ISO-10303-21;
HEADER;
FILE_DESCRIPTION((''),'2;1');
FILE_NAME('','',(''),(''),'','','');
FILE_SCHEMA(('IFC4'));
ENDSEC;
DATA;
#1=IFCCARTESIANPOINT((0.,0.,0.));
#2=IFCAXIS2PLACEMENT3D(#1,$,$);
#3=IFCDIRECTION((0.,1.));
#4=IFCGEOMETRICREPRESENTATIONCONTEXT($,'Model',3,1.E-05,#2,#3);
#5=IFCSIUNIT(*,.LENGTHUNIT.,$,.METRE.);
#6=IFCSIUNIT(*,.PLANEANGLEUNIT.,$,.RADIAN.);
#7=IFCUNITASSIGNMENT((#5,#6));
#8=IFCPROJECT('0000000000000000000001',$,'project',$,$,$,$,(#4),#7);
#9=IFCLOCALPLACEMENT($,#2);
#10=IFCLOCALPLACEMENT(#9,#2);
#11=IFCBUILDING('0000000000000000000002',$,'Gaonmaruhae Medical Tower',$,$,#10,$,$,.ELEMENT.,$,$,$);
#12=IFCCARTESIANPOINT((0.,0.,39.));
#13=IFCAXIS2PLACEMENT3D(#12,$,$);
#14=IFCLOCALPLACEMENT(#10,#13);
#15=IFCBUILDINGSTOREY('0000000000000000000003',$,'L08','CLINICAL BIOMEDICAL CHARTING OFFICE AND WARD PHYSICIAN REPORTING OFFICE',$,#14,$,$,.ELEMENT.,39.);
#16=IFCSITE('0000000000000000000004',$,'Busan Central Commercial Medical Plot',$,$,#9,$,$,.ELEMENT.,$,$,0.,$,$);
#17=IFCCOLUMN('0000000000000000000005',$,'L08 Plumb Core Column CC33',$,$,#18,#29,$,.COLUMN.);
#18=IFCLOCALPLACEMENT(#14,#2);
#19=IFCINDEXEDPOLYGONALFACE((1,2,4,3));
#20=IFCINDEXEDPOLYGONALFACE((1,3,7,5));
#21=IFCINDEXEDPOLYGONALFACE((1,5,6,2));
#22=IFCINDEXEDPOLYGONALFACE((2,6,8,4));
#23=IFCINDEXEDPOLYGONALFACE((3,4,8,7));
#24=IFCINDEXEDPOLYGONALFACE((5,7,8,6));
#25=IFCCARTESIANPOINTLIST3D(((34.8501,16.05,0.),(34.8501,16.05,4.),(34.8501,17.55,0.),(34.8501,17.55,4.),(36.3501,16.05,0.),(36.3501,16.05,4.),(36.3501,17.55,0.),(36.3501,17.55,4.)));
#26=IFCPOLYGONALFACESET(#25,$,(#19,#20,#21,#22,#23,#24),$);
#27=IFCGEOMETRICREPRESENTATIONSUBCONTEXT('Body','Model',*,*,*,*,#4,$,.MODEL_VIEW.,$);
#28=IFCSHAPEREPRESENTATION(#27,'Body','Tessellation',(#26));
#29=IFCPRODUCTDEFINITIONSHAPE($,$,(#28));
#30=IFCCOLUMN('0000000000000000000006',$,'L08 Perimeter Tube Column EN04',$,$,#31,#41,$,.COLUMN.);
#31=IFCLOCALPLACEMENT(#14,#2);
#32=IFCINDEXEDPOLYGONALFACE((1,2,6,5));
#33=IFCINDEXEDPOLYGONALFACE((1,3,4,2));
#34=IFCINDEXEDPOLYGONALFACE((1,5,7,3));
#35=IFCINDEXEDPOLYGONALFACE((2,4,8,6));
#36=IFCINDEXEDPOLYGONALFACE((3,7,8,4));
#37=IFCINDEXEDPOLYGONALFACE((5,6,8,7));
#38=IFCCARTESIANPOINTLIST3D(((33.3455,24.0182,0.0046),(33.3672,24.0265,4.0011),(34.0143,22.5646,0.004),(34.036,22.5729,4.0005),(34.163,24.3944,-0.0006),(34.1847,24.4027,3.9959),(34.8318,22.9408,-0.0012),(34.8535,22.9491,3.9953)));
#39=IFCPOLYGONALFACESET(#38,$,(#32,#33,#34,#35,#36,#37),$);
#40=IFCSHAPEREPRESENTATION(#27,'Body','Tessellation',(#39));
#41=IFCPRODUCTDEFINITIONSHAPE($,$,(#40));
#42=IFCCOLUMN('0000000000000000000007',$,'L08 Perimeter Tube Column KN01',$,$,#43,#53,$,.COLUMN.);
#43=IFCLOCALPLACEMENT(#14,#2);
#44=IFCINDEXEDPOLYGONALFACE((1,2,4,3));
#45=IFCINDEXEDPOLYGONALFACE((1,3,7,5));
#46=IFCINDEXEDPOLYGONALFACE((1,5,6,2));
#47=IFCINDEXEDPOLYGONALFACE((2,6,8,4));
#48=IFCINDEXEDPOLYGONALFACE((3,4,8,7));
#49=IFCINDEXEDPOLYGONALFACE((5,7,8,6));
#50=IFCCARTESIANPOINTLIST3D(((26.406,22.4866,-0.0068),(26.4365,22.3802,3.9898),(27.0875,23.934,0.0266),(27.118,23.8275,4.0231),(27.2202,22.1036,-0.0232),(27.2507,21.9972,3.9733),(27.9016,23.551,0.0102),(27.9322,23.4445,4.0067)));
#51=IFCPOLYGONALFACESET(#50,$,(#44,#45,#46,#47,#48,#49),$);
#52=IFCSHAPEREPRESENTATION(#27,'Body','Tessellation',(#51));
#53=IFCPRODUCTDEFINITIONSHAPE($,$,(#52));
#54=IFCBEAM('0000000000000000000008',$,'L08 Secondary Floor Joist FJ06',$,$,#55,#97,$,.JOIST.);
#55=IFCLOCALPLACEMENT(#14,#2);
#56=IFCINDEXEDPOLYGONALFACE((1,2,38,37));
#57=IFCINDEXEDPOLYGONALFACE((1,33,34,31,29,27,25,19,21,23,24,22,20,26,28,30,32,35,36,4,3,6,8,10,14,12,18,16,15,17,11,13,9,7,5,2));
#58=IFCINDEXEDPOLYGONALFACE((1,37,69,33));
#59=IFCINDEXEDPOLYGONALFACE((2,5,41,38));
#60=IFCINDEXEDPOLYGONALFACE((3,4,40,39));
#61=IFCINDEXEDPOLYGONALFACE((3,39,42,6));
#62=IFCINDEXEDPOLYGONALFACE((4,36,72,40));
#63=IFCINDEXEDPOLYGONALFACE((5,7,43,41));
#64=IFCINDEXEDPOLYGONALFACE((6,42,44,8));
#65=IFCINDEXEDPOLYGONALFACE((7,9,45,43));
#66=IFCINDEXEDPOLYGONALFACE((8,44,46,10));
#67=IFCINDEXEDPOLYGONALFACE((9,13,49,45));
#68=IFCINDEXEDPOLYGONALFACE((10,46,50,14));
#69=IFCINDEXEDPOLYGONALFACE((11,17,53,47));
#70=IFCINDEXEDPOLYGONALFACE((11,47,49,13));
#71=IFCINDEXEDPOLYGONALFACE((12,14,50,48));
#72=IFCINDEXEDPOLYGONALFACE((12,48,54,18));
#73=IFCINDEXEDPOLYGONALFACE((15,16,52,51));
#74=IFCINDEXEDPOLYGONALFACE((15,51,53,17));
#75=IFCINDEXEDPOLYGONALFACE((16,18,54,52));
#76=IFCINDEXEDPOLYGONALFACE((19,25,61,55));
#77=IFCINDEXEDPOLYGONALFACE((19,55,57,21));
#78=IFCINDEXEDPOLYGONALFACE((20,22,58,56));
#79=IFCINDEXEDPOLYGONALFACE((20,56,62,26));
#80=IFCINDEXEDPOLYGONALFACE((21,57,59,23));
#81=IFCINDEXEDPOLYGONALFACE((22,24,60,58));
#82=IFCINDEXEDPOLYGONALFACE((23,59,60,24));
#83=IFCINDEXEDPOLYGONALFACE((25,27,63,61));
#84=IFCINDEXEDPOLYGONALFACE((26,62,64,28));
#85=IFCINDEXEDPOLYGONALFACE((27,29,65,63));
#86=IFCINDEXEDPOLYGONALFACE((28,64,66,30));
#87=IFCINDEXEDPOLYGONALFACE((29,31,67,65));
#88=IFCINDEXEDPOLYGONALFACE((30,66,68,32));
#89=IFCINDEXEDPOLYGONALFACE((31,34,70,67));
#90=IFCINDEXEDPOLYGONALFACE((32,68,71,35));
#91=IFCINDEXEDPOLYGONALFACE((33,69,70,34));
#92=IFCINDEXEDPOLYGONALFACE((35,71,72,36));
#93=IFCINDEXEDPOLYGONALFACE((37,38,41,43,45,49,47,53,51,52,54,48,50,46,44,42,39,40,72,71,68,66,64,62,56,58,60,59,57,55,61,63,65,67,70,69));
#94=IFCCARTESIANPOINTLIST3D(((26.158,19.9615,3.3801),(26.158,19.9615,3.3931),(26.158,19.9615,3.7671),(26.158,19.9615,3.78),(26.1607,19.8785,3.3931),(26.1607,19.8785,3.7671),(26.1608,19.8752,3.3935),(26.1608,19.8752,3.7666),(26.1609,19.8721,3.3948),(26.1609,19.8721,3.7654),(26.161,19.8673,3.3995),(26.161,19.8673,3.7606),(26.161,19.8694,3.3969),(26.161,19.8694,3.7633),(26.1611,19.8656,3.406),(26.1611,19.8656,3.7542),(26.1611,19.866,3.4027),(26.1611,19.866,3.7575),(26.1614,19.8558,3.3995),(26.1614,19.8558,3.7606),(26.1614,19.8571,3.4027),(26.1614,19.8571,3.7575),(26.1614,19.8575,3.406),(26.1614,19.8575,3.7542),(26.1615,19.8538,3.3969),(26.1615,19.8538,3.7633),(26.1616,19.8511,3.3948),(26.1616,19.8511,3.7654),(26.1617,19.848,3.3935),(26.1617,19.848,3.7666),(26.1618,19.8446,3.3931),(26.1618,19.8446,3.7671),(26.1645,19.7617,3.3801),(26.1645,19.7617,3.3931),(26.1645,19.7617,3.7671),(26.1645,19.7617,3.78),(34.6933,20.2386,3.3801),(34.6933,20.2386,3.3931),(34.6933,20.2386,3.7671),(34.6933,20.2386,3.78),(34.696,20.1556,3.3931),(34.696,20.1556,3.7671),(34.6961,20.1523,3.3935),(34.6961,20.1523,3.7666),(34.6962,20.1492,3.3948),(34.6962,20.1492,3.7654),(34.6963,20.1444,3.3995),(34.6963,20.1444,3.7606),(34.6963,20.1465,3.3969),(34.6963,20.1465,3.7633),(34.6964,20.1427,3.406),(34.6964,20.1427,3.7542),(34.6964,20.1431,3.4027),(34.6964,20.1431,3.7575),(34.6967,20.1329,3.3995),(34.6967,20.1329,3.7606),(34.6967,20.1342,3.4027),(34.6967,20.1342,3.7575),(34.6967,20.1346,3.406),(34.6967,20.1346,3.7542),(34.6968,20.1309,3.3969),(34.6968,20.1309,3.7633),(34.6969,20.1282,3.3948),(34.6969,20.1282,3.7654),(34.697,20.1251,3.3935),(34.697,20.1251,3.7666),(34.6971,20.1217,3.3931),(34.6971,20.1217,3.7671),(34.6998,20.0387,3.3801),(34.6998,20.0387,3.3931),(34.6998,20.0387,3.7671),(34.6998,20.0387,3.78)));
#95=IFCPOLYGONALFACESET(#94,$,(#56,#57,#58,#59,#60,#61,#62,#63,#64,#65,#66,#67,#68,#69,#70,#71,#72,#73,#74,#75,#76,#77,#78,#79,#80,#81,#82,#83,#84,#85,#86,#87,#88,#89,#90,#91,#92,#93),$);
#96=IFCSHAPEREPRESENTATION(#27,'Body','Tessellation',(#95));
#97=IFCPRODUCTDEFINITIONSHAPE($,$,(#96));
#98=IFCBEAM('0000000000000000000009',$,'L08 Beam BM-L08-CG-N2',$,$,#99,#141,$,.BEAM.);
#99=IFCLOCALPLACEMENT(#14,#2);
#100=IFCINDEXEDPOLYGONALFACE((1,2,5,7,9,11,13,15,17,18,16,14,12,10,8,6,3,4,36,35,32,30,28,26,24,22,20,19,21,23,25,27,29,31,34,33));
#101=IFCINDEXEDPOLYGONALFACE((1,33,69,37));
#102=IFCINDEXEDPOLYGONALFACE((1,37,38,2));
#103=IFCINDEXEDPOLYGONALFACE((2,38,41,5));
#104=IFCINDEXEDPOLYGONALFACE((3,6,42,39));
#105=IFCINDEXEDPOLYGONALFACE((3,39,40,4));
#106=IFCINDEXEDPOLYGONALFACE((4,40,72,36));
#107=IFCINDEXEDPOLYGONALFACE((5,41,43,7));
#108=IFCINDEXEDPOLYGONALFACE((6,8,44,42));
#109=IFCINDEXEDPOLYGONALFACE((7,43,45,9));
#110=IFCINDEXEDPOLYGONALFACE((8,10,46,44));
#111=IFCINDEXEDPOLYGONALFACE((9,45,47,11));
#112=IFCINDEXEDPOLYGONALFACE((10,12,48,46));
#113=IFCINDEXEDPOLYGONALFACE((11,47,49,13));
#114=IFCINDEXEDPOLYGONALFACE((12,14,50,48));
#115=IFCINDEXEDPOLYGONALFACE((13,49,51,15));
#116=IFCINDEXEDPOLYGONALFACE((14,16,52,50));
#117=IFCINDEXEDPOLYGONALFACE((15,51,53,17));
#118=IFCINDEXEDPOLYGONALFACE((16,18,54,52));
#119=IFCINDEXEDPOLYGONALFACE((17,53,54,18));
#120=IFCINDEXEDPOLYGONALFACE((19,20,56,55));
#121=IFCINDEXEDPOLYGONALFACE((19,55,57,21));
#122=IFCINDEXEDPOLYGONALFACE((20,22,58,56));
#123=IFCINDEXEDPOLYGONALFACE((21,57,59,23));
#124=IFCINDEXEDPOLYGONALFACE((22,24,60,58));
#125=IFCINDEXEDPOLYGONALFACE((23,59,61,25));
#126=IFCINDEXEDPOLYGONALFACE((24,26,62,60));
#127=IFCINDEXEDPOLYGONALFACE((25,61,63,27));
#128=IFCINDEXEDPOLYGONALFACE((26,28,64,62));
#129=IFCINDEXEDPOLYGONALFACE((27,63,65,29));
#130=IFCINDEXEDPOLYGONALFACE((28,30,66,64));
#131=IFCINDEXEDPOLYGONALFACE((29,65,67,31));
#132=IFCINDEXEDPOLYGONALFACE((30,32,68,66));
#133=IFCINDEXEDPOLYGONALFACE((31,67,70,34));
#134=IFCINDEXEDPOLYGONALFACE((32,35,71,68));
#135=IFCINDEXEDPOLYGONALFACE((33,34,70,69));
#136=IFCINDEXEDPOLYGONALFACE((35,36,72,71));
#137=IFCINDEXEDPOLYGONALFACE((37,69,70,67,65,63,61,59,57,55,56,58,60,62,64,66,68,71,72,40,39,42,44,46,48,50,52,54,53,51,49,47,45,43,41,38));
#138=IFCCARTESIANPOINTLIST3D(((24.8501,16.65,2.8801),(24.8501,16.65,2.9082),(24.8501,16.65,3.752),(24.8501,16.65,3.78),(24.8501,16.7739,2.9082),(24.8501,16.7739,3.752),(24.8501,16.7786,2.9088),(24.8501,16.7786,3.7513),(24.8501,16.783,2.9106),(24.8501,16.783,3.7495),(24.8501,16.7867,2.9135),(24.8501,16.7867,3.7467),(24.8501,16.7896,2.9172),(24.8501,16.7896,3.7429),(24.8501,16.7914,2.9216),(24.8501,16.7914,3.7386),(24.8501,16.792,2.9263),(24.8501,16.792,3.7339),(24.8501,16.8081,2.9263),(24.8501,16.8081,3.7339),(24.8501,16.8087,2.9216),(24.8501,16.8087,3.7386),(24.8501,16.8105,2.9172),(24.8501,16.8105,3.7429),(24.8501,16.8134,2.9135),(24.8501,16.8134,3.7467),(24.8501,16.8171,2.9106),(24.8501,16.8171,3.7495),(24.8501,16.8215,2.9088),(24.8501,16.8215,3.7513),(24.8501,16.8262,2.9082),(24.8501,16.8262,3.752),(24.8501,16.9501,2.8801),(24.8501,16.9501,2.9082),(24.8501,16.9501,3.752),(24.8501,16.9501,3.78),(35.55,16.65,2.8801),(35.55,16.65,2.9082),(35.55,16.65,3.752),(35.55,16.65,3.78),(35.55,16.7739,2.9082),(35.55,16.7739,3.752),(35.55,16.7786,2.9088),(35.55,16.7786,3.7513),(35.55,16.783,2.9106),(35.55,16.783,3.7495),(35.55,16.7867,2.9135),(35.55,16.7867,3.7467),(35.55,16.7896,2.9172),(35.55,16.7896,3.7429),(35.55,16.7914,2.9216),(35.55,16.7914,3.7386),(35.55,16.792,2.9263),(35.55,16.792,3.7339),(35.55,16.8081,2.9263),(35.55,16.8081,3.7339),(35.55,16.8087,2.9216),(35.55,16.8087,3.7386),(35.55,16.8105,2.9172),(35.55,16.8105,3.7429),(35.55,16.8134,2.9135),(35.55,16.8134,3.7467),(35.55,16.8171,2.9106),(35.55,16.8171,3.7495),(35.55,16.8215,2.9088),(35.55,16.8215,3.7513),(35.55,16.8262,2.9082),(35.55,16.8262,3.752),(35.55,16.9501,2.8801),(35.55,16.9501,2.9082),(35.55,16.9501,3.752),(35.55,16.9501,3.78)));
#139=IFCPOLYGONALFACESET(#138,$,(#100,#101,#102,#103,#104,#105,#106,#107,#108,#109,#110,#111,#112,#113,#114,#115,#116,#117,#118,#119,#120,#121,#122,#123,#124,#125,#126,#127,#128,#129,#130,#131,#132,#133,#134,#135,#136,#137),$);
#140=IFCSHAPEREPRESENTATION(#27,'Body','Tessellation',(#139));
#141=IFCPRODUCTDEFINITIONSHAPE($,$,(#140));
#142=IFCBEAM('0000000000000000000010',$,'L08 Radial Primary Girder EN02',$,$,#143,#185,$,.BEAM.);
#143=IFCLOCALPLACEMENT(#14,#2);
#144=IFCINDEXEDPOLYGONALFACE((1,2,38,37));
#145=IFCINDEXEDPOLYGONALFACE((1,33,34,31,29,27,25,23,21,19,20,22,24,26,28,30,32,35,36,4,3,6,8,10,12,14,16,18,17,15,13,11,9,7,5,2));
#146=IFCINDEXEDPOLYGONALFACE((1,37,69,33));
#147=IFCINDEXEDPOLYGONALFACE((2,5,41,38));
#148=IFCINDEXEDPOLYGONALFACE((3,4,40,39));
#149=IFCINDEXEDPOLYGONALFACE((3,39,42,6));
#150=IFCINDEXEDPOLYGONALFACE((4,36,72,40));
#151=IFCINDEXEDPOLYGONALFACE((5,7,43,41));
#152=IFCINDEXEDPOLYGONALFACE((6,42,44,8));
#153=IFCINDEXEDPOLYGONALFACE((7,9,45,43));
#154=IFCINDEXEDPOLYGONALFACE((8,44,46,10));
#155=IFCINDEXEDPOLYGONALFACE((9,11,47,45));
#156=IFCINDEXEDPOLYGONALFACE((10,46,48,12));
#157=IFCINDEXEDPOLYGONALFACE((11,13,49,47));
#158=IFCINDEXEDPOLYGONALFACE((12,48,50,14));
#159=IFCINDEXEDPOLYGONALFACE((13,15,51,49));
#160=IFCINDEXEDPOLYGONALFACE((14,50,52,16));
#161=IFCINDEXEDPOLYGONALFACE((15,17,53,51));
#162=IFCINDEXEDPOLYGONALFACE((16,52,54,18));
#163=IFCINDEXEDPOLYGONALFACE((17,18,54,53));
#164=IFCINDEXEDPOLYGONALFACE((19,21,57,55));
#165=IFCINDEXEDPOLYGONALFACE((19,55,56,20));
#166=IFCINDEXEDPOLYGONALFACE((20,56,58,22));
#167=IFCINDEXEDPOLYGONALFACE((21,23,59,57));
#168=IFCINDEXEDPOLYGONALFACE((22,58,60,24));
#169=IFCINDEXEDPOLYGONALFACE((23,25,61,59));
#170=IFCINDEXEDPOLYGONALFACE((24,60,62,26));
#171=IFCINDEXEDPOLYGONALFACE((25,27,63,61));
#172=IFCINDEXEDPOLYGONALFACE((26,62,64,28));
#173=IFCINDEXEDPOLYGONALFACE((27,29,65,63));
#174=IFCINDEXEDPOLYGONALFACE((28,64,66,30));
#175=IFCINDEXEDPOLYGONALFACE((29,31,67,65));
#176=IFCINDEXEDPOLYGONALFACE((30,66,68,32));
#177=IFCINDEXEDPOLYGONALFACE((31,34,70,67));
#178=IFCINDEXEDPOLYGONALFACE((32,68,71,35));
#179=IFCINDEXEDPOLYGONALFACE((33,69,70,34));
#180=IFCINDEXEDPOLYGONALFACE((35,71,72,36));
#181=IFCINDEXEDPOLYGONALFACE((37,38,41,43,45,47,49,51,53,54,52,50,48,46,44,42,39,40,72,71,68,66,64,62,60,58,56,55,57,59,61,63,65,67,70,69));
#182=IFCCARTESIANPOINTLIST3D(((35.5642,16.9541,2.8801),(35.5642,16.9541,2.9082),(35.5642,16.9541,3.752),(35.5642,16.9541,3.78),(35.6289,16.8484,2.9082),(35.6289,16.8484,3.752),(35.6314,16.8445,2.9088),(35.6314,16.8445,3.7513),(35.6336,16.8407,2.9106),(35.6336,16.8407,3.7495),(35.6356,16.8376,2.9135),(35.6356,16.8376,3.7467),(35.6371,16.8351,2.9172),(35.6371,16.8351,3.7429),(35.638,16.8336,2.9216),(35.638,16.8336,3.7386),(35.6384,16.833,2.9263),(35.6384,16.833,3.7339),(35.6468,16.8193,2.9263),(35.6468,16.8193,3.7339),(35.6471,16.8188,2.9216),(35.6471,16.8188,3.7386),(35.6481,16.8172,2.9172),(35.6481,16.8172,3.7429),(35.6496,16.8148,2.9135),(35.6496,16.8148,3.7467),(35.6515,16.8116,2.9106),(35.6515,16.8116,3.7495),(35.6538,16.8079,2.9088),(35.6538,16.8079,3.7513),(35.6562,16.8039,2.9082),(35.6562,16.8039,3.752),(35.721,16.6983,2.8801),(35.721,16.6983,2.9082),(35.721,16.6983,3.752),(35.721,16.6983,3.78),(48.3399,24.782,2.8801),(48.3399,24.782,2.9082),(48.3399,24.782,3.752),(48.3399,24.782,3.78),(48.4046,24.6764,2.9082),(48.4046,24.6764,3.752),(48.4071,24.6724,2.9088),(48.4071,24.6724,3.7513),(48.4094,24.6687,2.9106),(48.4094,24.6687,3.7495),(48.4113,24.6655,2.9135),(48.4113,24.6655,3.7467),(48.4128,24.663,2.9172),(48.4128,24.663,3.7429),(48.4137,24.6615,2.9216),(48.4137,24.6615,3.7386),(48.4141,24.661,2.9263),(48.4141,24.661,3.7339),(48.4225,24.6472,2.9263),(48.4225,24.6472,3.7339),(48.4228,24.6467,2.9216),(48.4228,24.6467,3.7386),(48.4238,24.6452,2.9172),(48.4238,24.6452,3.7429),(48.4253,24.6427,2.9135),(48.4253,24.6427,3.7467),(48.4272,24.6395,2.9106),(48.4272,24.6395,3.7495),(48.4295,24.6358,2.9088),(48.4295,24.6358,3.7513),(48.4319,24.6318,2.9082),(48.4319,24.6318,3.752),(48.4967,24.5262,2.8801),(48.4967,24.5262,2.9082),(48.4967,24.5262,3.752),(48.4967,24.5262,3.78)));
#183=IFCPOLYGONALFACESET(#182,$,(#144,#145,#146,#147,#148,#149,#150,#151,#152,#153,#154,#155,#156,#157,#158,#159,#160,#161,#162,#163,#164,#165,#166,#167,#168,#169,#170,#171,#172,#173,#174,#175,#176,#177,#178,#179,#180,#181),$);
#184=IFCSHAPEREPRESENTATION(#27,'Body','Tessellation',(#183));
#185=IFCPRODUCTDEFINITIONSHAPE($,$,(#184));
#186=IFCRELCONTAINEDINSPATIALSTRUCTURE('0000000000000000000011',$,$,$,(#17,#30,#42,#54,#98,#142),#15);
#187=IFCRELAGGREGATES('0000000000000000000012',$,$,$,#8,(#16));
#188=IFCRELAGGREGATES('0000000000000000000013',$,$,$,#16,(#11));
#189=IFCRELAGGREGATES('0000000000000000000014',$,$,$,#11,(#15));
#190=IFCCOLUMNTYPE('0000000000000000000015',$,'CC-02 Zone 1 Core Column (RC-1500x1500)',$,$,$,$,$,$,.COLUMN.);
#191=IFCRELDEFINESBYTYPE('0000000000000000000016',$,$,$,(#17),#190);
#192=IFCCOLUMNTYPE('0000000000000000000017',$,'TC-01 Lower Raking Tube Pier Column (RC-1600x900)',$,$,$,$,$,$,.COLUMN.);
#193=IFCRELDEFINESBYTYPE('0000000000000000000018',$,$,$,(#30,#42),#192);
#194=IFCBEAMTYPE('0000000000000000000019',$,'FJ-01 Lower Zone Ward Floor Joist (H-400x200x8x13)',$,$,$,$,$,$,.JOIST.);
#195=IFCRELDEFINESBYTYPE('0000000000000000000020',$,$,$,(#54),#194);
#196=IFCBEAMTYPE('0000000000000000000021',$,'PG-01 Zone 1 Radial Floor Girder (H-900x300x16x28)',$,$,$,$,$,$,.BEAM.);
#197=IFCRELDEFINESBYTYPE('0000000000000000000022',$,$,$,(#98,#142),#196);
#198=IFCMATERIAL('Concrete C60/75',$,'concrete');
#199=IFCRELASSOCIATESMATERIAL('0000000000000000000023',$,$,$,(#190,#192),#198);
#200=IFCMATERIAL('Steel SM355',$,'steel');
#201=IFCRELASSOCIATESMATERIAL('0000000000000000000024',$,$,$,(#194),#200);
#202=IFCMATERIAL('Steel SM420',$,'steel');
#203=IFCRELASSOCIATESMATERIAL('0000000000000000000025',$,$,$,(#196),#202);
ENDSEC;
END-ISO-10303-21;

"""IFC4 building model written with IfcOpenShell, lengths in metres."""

from ifc_helpers import new_model, si_unit, direction, frame, origin, origin_2d, place, context, subcontext, project, spatial, rectangle, i_section, extrude, material, material_profile, profile_set, type_object, element, save


model = new_model("IFC4")

# Units and contexts
model_context = context("Model", 3, precision=1e-05, world=origin(), true_north=direction((0.0, 1.0)))
body_context = subcontext(model_context, "Body", "Model", "MODEL_VIEW")
ifc_project = project(units=[si_unit("LENGTHUNIT", "METRE"), si_unit("PLANEANGLEUNIT", "RADIAN")], contexts=[model_context])

# Site, building, storey
site_placement = place(None, origin())
site = spatial("IfcSite", under=ifc_project, at=site_placement, Name="Busan Central Commercial Medical Plot", CompositionType="ELEMENT", RefElevation=0.0)
building_placement = place(site_placement, origin())
building = spatial("IfcBuilding", under=site, at=building_placement, Name="Gaonmaruhae Medical Tower", CompositionType="ELEMENT")
storey_placement = place(building_placement, frame((0.0, 0.0, 39.0)))
storey = spatial("IfcBuildingStorey", under=building, at=storey_placement, Name="L08", Description="CLINICAL BIOMEDICAL CHARTING OFFICE AND WARD PHYSICIAN REPORTING OFFICE", CompositionType="ELEMENT", Elevation=39.0)

# Columns
ifc_material_1 = material(Name="Concrete C60/75", Category="concrete")
ifc_material_profile_1 = material_profile(ifc_material_1, rectangle(XDim=1.5, YDim=1.5, at=origin_2d()), Name="RC-1500x1500")
ifc_profile_set_1 = profile_set([ifc_material_profile_1], Name="Concrete C60/75")
column_type_1 = type_object("IfcColumnType", Name="CC-02 Zone 1 Core Column (RC-1500x1500)", PredefinedType="COLUMN", material=ifc_profile_set_1)
column_1_placement = place(storey_placement, frame((35.6001, 16.8, 0.0), z_axis=(0.0, 0.0, 1.0), x_axis=(1.0, 0.0, 0.0)))
element("IfcColumn", 1, at=column_1_placement, inside=storey, type_object=column_type_1, Name="L08 Plumb Core Column CC33", PredefinedType="COLUMN", context=body_context, shape_type="SweptSolid", body=[
    extrude(rectangle(XDim=1.5, YDim=1.5, at=origin_2d()), origin(), (0.0, 0.0, 1.0), 4.0),
])
ifc_material_profile_2 = material_profile(ifc_material_1, rectangle(XDim=1.6001, YDim=0.8999, at=origin_2d()), Name="RC-1600x900")
ifc_profile_set_2 = profile_set([ifc_material_profile_2], Name="Concrete C60/75")
column_type_2 = type_object("IfcColumnType", Name="TC-01 Lower Raking Tube Pier Column (RC-1600x900)", PredefinedType="COLUMN", material=ifc_profile_set_2)
column_2_placement = place(storey_placement, frame((34.0886, 23.4795, 0.0017), z_axis=(0.005437, 0.002077, 0.999983), x_axis=(-0.417993, 0.90845, 0.000386)))
element("IfcColumn", 2, at=column_2_placement, inside=storey, type_object=column_type_2, Name="L08 Perimeter Tube Column EN04", PredefinedType="COLUMN", context=body_context, shape_type="SweptSolid", body=[
    extrude(rectangle(XDim=1.6001, YDim=0.8999, at=origin_2d()), origin(), (0.0, 0.0, 1.0), 3.9966),
])
column_3_placement = place(storey_placement, frame((27.1538, 23.0188, 0.0017), z_axis=(0.007633, -0.026624, 0.999616), x_axis=(0.425899, 0.904531, 0.020839)))
element("IfcColumn", 3, at=column_3_placement, inside=storey, type_object=column_type_2, Name="L08 Perimeter Tube Column KN01", PredefinedType="COLUMN", context=body_context, shape_type="SweptSolid", body=[
    extrude(rectangle(XDim=1.6001, YDim=0.8999, at=origin_2d()), origin(), (0.0, 0.0, 1.0), 3.998),
])

# Beams
ifc_material_2 = material(Name="Steel SM355", Category="steel")
ifc_material_profile_3 = material_profile(ifc_material_2, i_section(OverallWidth=0.2, OverallDepth=0.3999, WebThickness=0.0081, FlangeThickness=0.0129, FilletRadius=0.0129, at=origin_2d()), Name="H-400x200x8x13")
ifc_profile_set_3 = profile_set([ifc_material_profile_3], Name="Steel SM355")
beam_type_1 = type_object("IfcBeamType", Name="FJ-01 Lower Zone Ward Floor Joist (H-400x200x8x13)", PredefinedType="JOIST", material=ifc_profile_set_3)
beam_1_placement = place(storey_placement, frame((34.6965, 20.1387, 3.5801), z_axis=(-0.999473, -0.032448, 0.0), x_axis=(0.032448, -0.999473, 0.0)))
element("IfcBeam", 4, at=beam_1_placement, inside=storey, type_object=beam_type_1, Name="L08 Secondary Floor Joist FJ06", PredefinedType="JOIST", context=body_context, shape_type="SweptSolid", body=[
    extrude(i_section(OverallWidth=0.2, OverallDepth=0.3999, WebThickness=0.0081, FlangeThickness=0.0129, FilletRadius=0.0129, at=origin_2d()), origin(), (0.0, 0.0, 1.0), 8.5398),
])
ifc_material_3 = material(Name="Steel SM420", Category="steel")
ifc_material_profile_4 = material_profile(ifc_material_3, i_section(OverallWidth=0.3, OverallDepth=0.8999, WebThickness=0.0161, FlangeThickness=0.0281, FilletRadius=0.0181, at=origin_2d()), Name="H-900x300x16x28")
ifc_profile_set_4 = profile_set([ifc_material_profile_4], Name="Steel SM420")
beam_type_2 = type_object("IfcBeamType", Name="PG-01 Zone 1 Radial Floor Girder (H-900x300x16x28)", PredefinedType="BEAM", material=ifc_profile_set_4)
beam_2_placement = place(storey_placement, frame((24.8501, 16.8, 3.3301), z_axis=(1.0, 0.0, 0.0), x_axis=(0.0, 1.0, 0.0)))
element("IfcBeam", 5, at=beam_2_placement, inside=storey, type_object=beam_type_2, Name="L08 Beam BM-L08-CG-N2", PredefinedType="BEAM", context=body_context, shape_type="SweptSolid", body=[
    extrude(i_section(OverallWidth=0.3, OverallDepth=0.8999, WebThickness=0.0161, FlangeThickness=0.0281, FilletRadius=0.0181, at=origin_2d()), origin(), (0.0, 0.0, 1.0), 10.7),
])
beam_3_placement = place(storey_placement, frame((35.6426, 16.8262, 3.3301), z_axis=(0.852671, 0.522448, 0.0), x_axis=(-0.522448, 0.852671, 0.0)))
element("IfcBeam", 6, at=beam_3_placement, inside=storey, type_object=beam_type_2, Name="L08 Radial Primary Girder EN02", PredefinedType="BEAM", context=body_context, shape_type="SweptSolid", body=[
    extrude(i_section(OverallWidth=0.3, OverallDepth=0.8999, WebThickness=0.0161, FlangeThickness=0.0281, FilletRadius=0.0181, at=origin_2d()), origin(), (0.0, 0.0, 1.0), 14.9832),
])

save(model, "model.ifc")
